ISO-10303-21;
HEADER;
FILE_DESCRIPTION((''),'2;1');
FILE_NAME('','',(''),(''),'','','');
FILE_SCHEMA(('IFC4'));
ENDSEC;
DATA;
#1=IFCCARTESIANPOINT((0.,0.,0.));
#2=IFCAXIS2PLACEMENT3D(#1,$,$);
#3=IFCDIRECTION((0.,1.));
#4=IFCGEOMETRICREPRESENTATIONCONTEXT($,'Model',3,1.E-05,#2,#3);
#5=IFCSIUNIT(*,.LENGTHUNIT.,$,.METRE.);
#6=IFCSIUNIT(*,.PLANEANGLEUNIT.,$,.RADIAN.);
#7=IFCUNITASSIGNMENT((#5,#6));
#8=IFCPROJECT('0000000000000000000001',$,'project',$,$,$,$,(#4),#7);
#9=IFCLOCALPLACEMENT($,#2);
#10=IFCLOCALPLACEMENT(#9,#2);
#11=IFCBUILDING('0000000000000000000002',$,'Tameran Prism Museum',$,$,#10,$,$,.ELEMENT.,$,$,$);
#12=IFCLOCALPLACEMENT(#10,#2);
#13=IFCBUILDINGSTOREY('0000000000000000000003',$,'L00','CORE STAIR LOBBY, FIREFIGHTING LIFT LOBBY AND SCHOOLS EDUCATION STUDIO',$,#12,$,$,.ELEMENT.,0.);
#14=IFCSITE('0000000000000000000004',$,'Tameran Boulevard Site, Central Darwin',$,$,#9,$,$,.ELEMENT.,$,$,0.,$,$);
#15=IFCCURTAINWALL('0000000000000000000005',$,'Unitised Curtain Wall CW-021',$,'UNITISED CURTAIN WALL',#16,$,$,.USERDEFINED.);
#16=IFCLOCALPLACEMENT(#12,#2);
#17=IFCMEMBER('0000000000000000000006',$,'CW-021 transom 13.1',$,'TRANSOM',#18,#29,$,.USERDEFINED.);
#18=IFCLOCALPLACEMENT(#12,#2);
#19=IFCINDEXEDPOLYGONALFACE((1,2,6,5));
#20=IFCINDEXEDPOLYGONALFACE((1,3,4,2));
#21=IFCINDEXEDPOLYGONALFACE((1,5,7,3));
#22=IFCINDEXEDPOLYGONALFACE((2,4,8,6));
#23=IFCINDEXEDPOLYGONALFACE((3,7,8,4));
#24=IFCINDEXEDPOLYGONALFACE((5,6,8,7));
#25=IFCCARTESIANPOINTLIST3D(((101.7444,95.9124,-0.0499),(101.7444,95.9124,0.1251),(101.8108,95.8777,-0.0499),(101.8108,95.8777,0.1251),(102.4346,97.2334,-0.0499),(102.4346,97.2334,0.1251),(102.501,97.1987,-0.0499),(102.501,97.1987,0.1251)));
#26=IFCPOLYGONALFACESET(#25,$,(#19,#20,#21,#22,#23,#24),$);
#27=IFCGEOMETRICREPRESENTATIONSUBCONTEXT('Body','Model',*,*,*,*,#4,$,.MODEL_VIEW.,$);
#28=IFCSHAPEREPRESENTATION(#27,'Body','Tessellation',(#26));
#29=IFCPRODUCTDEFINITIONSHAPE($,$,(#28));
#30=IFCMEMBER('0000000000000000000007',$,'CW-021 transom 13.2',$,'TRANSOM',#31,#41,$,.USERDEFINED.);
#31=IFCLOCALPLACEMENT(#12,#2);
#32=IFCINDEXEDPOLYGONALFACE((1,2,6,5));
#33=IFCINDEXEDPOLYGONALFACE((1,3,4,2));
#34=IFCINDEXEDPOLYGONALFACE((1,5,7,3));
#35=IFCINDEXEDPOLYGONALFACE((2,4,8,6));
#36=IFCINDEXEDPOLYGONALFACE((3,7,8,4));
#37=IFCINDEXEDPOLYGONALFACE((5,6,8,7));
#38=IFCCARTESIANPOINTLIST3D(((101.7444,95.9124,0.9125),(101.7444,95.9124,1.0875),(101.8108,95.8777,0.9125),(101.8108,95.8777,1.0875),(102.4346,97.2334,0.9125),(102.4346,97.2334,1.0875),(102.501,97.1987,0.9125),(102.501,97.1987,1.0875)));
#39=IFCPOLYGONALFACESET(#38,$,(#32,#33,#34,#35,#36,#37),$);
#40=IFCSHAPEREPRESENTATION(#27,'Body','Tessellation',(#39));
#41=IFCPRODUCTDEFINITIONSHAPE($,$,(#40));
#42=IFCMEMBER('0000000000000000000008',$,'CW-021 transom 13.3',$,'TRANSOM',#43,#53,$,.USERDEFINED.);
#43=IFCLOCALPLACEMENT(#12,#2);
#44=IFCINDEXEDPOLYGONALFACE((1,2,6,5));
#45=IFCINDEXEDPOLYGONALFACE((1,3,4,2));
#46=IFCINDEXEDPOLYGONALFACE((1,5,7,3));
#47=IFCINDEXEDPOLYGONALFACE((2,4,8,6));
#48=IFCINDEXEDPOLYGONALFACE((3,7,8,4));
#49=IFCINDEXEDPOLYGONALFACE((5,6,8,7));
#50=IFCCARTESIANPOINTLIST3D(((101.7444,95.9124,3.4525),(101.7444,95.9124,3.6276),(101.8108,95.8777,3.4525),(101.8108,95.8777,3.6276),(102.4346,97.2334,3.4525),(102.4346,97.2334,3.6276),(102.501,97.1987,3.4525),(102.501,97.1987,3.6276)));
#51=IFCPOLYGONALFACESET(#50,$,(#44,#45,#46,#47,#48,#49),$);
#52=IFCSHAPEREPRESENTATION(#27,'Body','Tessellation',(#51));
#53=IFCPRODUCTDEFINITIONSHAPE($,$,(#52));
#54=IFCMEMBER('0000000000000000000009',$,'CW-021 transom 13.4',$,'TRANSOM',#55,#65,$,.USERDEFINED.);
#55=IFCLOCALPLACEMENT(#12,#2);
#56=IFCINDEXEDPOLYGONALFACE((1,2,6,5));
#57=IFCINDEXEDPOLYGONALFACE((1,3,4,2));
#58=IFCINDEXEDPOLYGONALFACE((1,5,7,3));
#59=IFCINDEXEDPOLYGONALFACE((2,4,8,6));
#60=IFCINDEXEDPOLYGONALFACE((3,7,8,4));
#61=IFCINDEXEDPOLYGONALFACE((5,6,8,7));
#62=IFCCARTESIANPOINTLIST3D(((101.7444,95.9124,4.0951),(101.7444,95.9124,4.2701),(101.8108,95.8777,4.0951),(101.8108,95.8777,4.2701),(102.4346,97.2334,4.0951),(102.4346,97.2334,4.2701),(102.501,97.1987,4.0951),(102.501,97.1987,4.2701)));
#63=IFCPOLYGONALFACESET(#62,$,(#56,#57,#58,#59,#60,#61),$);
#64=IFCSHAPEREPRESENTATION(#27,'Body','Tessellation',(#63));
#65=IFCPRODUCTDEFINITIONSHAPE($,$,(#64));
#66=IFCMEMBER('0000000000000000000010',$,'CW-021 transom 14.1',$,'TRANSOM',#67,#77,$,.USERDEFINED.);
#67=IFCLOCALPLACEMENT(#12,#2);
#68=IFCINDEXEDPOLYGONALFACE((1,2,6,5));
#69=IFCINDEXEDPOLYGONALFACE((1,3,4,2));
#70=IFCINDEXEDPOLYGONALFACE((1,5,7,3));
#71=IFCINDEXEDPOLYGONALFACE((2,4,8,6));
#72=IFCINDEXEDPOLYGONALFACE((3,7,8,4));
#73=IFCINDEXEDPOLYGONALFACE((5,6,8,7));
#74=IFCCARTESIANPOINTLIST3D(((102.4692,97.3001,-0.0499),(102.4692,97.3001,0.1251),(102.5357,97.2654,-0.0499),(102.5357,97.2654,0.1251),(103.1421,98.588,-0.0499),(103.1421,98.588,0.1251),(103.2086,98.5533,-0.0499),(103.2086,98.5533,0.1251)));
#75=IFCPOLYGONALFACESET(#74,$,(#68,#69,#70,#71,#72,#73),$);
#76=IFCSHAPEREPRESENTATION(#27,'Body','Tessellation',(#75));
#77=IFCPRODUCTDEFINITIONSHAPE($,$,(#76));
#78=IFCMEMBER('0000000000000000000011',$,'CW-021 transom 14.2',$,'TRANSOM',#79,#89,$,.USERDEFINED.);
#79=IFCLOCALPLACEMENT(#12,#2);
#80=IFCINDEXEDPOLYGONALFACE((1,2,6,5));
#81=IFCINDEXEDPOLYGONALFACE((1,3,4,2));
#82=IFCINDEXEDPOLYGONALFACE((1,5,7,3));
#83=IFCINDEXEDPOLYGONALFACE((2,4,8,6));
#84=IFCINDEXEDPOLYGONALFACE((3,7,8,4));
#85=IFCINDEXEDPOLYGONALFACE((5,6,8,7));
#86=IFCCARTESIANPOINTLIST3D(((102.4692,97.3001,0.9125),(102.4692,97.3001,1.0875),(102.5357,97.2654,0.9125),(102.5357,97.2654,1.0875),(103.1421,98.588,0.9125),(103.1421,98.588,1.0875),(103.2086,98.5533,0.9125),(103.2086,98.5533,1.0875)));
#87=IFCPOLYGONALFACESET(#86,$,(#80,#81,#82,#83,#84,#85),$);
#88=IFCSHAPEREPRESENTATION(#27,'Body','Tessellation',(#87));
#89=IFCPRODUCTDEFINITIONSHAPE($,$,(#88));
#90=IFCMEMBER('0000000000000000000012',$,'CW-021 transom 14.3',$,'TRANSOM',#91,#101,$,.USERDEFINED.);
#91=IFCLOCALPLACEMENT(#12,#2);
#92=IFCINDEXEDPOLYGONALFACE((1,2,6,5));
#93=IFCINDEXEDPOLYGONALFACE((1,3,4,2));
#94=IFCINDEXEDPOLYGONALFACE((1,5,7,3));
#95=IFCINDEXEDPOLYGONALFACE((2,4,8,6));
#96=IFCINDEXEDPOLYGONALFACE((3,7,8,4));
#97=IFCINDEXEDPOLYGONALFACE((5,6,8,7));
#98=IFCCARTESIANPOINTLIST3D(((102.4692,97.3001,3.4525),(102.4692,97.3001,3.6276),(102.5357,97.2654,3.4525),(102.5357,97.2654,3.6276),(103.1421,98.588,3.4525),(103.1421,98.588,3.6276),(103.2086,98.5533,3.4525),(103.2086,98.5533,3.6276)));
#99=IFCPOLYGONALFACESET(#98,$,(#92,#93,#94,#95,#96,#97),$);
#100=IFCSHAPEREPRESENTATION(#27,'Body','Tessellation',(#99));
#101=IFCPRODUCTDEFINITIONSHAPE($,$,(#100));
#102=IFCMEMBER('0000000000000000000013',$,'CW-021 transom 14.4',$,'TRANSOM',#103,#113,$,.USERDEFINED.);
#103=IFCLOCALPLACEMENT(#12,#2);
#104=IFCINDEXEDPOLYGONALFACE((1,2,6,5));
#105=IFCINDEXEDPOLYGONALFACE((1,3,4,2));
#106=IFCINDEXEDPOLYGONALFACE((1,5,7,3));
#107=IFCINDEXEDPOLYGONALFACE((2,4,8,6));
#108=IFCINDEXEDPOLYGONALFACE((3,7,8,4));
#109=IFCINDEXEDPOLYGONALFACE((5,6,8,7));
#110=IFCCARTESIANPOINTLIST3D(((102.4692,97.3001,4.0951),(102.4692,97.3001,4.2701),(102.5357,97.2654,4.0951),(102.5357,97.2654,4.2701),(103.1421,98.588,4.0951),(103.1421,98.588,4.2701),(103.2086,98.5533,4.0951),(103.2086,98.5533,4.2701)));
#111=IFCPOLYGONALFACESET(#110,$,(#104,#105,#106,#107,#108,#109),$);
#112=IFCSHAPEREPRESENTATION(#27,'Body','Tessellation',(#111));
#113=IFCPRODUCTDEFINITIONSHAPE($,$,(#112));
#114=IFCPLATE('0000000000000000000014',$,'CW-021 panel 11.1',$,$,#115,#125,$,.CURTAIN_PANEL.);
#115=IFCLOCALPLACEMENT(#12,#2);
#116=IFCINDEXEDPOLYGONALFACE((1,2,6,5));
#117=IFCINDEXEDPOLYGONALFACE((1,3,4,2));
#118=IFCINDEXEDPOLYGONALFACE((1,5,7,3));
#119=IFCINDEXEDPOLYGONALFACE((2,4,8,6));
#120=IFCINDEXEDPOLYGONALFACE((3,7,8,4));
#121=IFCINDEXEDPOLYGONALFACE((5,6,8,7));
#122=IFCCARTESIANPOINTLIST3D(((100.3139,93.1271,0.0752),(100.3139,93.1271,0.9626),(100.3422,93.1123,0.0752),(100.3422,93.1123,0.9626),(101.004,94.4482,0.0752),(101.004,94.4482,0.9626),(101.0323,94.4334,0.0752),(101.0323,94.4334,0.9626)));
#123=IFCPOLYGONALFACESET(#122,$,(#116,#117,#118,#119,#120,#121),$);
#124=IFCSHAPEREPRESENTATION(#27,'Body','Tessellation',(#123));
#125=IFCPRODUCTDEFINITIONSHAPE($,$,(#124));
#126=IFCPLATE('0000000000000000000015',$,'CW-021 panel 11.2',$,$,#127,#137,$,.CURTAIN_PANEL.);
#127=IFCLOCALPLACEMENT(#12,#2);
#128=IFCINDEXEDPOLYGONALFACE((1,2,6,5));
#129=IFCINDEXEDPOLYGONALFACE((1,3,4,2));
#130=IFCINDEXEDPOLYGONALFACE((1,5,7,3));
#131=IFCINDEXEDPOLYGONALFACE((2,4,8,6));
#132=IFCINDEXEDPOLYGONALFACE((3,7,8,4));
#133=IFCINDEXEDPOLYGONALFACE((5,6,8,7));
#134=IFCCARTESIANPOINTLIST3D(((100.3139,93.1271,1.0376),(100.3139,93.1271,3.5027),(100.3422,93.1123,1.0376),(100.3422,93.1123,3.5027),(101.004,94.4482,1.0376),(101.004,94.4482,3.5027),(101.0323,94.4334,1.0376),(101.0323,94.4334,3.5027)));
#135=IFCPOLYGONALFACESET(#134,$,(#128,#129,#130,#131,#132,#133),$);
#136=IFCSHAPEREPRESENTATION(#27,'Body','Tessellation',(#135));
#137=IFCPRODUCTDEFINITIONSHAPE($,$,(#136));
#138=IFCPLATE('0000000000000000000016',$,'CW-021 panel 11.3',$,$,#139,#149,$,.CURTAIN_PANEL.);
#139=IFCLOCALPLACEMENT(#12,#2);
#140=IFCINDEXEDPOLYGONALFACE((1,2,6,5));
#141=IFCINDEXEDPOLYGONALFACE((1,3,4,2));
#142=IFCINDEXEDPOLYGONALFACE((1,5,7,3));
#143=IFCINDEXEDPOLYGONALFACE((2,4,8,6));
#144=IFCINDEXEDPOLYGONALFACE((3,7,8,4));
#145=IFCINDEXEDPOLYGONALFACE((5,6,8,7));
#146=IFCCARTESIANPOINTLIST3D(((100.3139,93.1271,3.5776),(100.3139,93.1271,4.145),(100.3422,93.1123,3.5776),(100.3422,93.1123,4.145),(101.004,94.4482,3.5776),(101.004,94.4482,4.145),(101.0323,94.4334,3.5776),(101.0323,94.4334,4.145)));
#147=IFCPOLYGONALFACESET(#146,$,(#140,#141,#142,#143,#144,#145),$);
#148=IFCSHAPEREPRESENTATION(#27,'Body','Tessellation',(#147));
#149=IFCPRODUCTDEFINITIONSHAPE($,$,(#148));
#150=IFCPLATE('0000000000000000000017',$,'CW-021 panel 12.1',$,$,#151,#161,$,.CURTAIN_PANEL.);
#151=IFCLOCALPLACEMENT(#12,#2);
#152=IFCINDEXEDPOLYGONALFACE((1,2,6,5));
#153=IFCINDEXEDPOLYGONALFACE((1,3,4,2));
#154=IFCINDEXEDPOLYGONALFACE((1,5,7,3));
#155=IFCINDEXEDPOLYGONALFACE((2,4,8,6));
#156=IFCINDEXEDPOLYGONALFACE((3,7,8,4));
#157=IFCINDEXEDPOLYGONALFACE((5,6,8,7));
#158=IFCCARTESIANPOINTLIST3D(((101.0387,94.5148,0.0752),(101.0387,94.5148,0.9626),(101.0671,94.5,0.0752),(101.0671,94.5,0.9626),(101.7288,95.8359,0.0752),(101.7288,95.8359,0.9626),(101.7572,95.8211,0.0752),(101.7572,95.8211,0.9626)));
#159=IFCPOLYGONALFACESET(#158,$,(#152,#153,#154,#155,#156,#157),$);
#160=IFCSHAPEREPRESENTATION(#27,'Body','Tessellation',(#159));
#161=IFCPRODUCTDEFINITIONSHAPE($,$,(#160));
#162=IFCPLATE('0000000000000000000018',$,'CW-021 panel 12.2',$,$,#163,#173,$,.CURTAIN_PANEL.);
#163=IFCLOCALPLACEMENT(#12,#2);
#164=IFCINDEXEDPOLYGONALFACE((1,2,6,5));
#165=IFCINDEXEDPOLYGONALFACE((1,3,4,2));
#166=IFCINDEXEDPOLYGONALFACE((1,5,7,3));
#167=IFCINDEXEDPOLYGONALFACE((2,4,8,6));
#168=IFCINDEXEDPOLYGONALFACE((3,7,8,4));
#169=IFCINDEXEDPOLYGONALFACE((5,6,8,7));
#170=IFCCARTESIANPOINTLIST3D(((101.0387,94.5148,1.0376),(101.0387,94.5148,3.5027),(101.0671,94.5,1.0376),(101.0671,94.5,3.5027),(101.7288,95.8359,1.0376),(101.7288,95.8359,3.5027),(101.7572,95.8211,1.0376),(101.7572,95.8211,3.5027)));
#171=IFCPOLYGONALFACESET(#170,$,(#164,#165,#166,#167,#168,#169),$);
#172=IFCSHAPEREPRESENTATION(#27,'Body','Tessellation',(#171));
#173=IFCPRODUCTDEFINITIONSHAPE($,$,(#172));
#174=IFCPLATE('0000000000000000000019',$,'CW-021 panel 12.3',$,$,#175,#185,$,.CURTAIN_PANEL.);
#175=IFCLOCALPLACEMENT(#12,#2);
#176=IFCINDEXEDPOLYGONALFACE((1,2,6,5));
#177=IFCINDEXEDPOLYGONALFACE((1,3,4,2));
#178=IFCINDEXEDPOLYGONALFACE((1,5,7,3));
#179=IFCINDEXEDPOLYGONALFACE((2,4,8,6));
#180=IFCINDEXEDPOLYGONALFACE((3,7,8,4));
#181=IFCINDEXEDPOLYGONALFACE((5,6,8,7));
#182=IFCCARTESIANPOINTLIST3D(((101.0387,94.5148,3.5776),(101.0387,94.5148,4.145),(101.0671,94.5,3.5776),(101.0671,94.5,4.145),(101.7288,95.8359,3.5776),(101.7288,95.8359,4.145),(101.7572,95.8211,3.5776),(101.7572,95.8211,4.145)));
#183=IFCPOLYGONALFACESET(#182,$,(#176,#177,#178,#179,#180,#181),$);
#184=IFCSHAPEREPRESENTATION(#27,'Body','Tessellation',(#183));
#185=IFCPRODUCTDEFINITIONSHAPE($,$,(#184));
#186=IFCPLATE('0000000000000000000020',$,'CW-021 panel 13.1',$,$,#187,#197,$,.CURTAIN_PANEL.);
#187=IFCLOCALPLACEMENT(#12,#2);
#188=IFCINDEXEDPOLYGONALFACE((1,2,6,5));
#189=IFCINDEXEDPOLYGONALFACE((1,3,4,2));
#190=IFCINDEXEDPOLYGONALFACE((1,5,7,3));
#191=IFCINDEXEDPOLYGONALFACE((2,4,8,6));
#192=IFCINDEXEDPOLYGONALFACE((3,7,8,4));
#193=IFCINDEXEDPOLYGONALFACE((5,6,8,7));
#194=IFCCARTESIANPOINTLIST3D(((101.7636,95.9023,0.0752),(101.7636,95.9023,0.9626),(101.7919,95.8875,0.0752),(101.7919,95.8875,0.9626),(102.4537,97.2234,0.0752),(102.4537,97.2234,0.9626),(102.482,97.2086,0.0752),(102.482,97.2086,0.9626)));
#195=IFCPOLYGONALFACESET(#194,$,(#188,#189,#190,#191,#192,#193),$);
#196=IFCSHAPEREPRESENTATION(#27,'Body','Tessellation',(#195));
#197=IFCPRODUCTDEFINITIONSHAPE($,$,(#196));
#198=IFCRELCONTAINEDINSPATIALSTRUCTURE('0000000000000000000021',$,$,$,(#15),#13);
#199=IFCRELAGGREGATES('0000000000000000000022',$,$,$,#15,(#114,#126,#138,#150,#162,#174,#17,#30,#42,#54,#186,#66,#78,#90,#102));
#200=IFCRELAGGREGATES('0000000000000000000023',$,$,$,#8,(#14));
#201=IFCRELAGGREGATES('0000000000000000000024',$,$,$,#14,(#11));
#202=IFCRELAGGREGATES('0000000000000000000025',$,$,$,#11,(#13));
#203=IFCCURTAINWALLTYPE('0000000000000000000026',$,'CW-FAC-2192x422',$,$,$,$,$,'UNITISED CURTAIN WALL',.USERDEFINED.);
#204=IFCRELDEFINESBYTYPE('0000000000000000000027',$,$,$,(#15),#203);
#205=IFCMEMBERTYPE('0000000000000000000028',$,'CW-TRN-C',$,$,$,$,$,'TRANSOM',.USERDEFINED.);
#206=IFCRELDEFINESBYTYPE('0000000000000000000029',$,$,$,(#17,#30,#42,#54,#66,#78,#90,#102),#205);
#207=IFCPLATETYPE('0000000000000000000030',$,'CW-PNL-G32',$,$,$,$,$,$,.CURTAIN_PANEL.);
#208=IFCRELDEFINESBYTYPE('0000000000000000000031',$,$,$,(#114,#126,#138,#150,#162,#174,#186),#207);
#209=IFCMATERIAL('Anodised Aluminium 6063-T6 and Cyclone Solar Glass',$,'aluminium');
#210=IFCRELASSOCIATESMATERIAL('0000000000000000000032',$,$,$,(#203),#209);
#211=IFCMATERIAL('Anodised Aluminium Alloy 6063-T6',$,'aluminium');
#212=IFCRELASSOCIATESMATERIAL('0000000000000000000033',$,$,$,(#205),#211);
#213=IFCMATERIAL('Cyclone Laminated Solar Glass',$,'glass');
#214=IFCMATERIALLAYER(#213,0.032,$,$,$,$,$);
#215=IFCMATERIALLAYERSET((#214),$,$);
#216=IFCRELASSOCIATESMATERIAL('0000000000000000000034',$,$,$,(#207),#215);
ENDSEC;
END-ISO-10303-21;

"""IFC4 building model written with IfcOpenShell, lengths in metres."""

from ifc_helpers import new_model, si_unit, direction, frame, origin, origin_2d, place, context, subcontext, project, spatial, rectangle, extrude, material, layer, layer_set, material_profile, profile_set, type_object, element, aggregate, save


model = new_model("IFC4")

# Units and contexts
model_context = context("Model", 3, precision=1e-05, world=origin(), true_north=direction((0.0, 1.0)))
body_context = subcontext(model_context, "Body", "Model", "MODEL_VIEW")
ifc_project = project(units=[si_unit("LENGTHUNIT", "METRE"), si_unit("PLANEANGLEUNIT", "RADIAN")], contexts=[model_context])

# Site, building, storey
site_placement = place(None, origin())
site = spatial("IfcSite", under=ifc_project, at=site_placement, Name="Tameran Boulevard Site, Central Darwin", CompositionType="ELEMENT", RefElevation=0.0)
building_placement = place(site_placement, origin())
building = spatial("IfcBuilding", under=site, at=building_placement, Name="Tameran Prism Museum", CompositionType="ELEMENT")
storey_placement = place(building_placement, origin())
storey = spatial("IfcBuildingStorey", under=building, at=storey_placement, Name="L00", Description="CORE STAIR LOBBY, FIREFIGHTING LIFT LOBBY AND SCHOOLS EDUCATION STUDIO", CompositionType="ELEMENT", Elevation=0.0)

# Curtain wall, members, plates
ifc_material_1 = material(Name="Anodised Aluminium 6063-T6 and Cyclone Solar Glass", Category="aluminium")
curtain_wall_type = type_object("IfcCurtainWallType", Name="CW-FAC-2192x422", ElementType="UNITISED CURTAIN WALL", PredefinedType="USERDEFINED", material=ifc_material_1)
curtain_wall_placement = place(storey_placement, origin())
curtain_wall = element("IfcCurtainWall", 1, at=curtain_wall_placement, inside=storey, type_object=curtain_wall_type, Name="Unitised Curtain Wall CW-021", ObjectType="UNITISED CURTAIN WALL", PredefinedType="USERDEFINED")
ifc_material_2 = material(Name="Anodised Aluminium Alloy 6063-T6", Category="aluminium")
ifc_material_profile_1 = material_profile(ifc_material_2, rectangle(XDim=0.075, YDim=0.175, at=origin_2d()))
ifc_profile_set_1 = profile_set([ifc_material_profile_1])
member_type_1 = type_object("IfcMemberType", Name="CW-TRN-C", ElementType="TRANSOM", PredefinedType="USERDEFINED", material=ifc_profile_set_1)
member_1_placement = place(storey_placement, frame((101.7776, 95.895, 0.0376), z_axis=(0.463064, 0.886325, 0.0), x_axis=(-0.886325, 0.463064, 0.0)))
member_1 = element("IfcMember", 2, at=member_1_placement, type_object=member_type_1, Name="CW-021 transom 13.1", ObjectType="TRANSOM", PredefinedType="USERDEFINED", context=body_context, shape_type="SweptSolid", body=[
    extrude(rectangle(XDim=0.075, YDim=0.175, at=origin_2d()), origin(), (0.0, 0.0, 1.0), 1.4905),
])
member_2_placement = place(storey_placement, frame((101.7776, 95.895, 1.0), z_axis=(0.463064, 0.886325, 0.0), x_axis=(-0.886325, 0.463064, 0.0)))
member_2 = element("IfcMember", 3, at=member_2_placement, type_object=member_type_1, Name="CW-021 transom 13.2", ObjectType="TRANSOM", PredefinedType="USERDEFINED", context=body_context, shape_type="SweptSolid", body=[
    extrude(rectangle(XDim=0.075, YDim=0.175, at=origin_2d()), origin(), (0.0, 0.0, 1.0), 1.4905),
])
member_3_placement = place(storey_placement, frame((101.7776, 95.895, 3.54), z_axis=(0.463064, 0.886325, 0.0), x_axis=(-0.886325, 0.463064, 0.0)))
member_3 = element("IfcMember", 4, at=member_3_placement, type_object=member_type_1, Name="CW-021 transom 13.3", ObjectType="TRANSOM", PredefinedType="USERDEFINED", context=body_context, shape_type="SweptSolid", body=[
    extrude(rectangle(XDim=0.075, YDim=0.175, at=origin_2d()), origin(), (0.0, 0.0, 1.0), 1.4905),
])
member_4_placement = place(storey_placement, frame((101.7776, 95.895, 4.1826), z_axis=(0.463064, 0.886325, 0.0), x_axis=(-0.886325, 0.463064, 0.0)))
member_4 = element("IfcMember", 5, at=member_4_placement, type_object=member_type_1, Name="CW-021 transom 13.4", ObjectType="TRANSOM", PredefinedType="USERDEFINED", context=body_context, shape_type="SweptSolid", body=[
    extrude(rectangle(XDim=0.075, YDim=0.175, at=origin_2d()), origin(), (0.0, 0.0, 1.0), 1.4905),
])
member_5_placement = place(storey_placement, frame((102.5024, 97.2827, 0.0376), z_axis=(0.463071, 0.886321, 0.0), x_axis=(-0.886321, 0.463071, 0.0)))
member_5 = element("IfcMember", 6, at=member_5_placement, type_object=member_type_1, Name="CW-021 transom 14.1", ObjectType="TRANSOM", PredefinedType="USERDEFINED", context=body_context, shape_type="SweptSolid", body=[
    extrude(rectangle(XDim=0.075, YDim=0.175, at=origin_2d()), origin(), (0.0, 0.0, 1.0), 1.4531),
])
member_6_placement = place(storey_placement, frame((102.5024, 97.2827, 1.0), z_axis=(0.463071, 0.886321, 0.0), x_axis=(-0.886321, 0.463071, 0.0)))
member_6 = element("IfcMember", 7, at=member_6_placement, type_object=member_type_1, Name="CW-021 transom 14.2", ObjectType="TRANSOM", PredefinedType="USERDEFINED", context=body_context, shape_type="SweptSolid", body=[
    extrude(rectangle(XDim=0.075, YDim=0.175, at=origin_2d()), origin(), (0.0, 0.0, 1.0), 1.4531),
])
member_7_placement = place(storey_placement, frame((102.5024, 97.2827, 3.54), z_axis=(0.463071, 0.886321, 0.0), x_axis=(-0.886321, 0.463071, 0.0)))
member_7 = element("IfcMember", 8, at=member_7_placement, type_object=member_type_1, Name="CW-021 transom 14.3", ObjectType="TRANSOM", PredefinedType="USERDEFINED", context=body_context, shape_type="SweptSolid", body=[
    extrude(rectangle(XDim=0.075, YDim=0.175, at=origin_2d()), origin(), (0.0, 0.0, 1.0), 1.4531),
])
member_8_placement = place(storey_placement, frame((102.5024, 97.2827, 4.1826), z_axis=(0.463071, 0.886321, 0.0), x_axis=(-0.886321, 0.463071, 0.0)))
member_8 = element("IfcMember", 9, at=member_8_placement, type_object=member_type_1, Name="CW-021 transom 14.4", ObjectType="TRANSOM", PredefinedType="USERDEFINED", context=body_context, shape_type="SweptSolid", body=[
    extrude(rectangle(XDim=0.075, YDim=0.175, at=origin_2d()), origin(), (0.0, 0.0, 1.0), 1.4531),
])
ifc_material_3 = material(Name="Cyclone Laminated Solar Glass", Category="glass")
ifc_layer = layer(ifc_material_3, 0.032)
ifc_layer_set = layer_set([ifc_layer])
plate_type = type_object("IfcPlateType", Name="CW-PNL-G32", PredefinedType="CURTAIN_PANEL", material=ifc_layer_set)
plate_1_placement = place(storey_placement, frame((100.6731, 93.7803, 0.0752), z_axis=(0.0, 0.0, 1.0), x_axis=(0.463003, 0.886357, 0.0)))
plate_1 = element("IfcPlate", 10, at=plate_1_placement, type_object=plate_type, Name="CW-021 panel 11.1", PredefinedType="CURTAIN_PANEL", context=body_context, shape_type="SweptSolid", body=[
    extrude(rectangle(XDim=1.4905, YDim=0.032, at=origin_2d()), origin(), (0.0, 0.0, 1.0), 0.8875),
])
plate_2_placement = place(storey_placement, frame((100.6731, 93.7803, 1.0376), z_axis=(0.0, 0.0, 1.0), x_axis=(0.463003, 0.886357, 0.0)))
plate_2 = element("IfcPlate", 11, at=plate_2_placement, type_object=plate_type, Name="CW-021 panel 11.2", PredefinedType="CURTAIN_PANEL", context=body_context, shape_type="SweptSolid", body=[
    extrude(rectangle(XDim=1.4905, YDim=0.032, at=origin_2d()), origin(), (0.0, 0.0, 1.0), 2.4651),
])
plate_3_placement = place(storey_placement, frame((100.6731, 93.7803, 3.5776), z_axis=(0.0, 0.0, 1.0), x_axis=(0.463003, 0.886357, 0.0)))
plate_3 = element("IfcPlate", 12, at=plate_3_placement, type_object=plate_type, Name="CW-021 panel 11.3", PredefinedType="CURTAIN_PANEL", context=body_context, shape_type="SweptSolid", body=[
    extrude(rectangle(XDim=1.4905, YDim=0.032, at=origin_2d()), origin(), (0.0, 0.0, 1.0), 0.5674),
])
plate_4_placement = place(storey_placement, frame((101.3979, 95.168, 0.0752), z_axis=(0.0, 0.0, 1.0), x_axis=(0.463003, 0.886357, 0.0)))
plate_4 = element("IfcPlate", 13, at=plate_4_placement, type_object=plate_type, Name="CW-021 panel 12.1", PredefinedType="CURTAIN_PANEL", context=body_context, shape_type="SweptSolid", body=[
    extrude(rectangle(XDim=1.4905, YDim=0.032, at=origin_2d()), origin(), (0.0, 0.0, 1.0), 0.8875),
])
plate_5_placement = place(storey_placement, frame((101.3979, 95.168, 1.0376), z_axis=(0.0, 0.0, 1.0), x_axis=(0.463003, 0.886357, 0.0)))
plate_5 = element("IfcPlate", 14, at=plate_5_placement, type_object=plate_type, Name="CW-021 panel 12.2", PredefinedType="CURTAIN_PANEL", context=body_context, shape_type="SweptSolid", body=[
    extrude(rectangle(XDim=1.4905, YDim=0.032, at=origin_2d()), origin(), (0.0, 0.0, 1.0), 2.4651),
])
plate_6_placement = place(storey_placement, frame((101.3979, 95.168, 3.5776), z_axis=(0.0, 0.0, 1.0), x_axis=(0.463003, 0.886357, 0.0)))
plate_6 = element("IfcPlate", 15, at=plate_6_placement, type_object=plate_type, Name="CW-021 panel 12.3", PredefinedType="CURTAIN_PANEL", context=body_context, shape_type="SweptSolid", body=[
    extrude(rectangle(XDim=1.4905, YDim=0.032, at=origin_2d()), origin(), (0.0, 0.0, 1.0), 0.5674),
])
plate_7_placement = place(storey_placement, frame((102.1228, 96.5554, 0.0752), z_axis=(0.0, 0.0, 1.0), x_axis=(0.463003, 0.886357, 0.0)))
plate_7 = element("IfcPlate", 16, at=plate_7_placement, type_object=plate_type, Name="CW-021 panel 13.1", PredefinedType="CURTAIN_PANEL", context=body_context, shape_type="SweptSolid", body=[
    extrude(rectangle(XDim=1.4905, YDim=0.032, at=origin_2d()), origin(), (0.0, 0.0, 1.0), 0.8875),
])
aggregate(curtain_wall, [plate_1, plate_2, plate_3, plate_4, plate_5, plate_6, member_1, member_2, member_3, member_4, plate_7, member_5, member_6, member_7, member_8])

save(model, "model.ifc")
